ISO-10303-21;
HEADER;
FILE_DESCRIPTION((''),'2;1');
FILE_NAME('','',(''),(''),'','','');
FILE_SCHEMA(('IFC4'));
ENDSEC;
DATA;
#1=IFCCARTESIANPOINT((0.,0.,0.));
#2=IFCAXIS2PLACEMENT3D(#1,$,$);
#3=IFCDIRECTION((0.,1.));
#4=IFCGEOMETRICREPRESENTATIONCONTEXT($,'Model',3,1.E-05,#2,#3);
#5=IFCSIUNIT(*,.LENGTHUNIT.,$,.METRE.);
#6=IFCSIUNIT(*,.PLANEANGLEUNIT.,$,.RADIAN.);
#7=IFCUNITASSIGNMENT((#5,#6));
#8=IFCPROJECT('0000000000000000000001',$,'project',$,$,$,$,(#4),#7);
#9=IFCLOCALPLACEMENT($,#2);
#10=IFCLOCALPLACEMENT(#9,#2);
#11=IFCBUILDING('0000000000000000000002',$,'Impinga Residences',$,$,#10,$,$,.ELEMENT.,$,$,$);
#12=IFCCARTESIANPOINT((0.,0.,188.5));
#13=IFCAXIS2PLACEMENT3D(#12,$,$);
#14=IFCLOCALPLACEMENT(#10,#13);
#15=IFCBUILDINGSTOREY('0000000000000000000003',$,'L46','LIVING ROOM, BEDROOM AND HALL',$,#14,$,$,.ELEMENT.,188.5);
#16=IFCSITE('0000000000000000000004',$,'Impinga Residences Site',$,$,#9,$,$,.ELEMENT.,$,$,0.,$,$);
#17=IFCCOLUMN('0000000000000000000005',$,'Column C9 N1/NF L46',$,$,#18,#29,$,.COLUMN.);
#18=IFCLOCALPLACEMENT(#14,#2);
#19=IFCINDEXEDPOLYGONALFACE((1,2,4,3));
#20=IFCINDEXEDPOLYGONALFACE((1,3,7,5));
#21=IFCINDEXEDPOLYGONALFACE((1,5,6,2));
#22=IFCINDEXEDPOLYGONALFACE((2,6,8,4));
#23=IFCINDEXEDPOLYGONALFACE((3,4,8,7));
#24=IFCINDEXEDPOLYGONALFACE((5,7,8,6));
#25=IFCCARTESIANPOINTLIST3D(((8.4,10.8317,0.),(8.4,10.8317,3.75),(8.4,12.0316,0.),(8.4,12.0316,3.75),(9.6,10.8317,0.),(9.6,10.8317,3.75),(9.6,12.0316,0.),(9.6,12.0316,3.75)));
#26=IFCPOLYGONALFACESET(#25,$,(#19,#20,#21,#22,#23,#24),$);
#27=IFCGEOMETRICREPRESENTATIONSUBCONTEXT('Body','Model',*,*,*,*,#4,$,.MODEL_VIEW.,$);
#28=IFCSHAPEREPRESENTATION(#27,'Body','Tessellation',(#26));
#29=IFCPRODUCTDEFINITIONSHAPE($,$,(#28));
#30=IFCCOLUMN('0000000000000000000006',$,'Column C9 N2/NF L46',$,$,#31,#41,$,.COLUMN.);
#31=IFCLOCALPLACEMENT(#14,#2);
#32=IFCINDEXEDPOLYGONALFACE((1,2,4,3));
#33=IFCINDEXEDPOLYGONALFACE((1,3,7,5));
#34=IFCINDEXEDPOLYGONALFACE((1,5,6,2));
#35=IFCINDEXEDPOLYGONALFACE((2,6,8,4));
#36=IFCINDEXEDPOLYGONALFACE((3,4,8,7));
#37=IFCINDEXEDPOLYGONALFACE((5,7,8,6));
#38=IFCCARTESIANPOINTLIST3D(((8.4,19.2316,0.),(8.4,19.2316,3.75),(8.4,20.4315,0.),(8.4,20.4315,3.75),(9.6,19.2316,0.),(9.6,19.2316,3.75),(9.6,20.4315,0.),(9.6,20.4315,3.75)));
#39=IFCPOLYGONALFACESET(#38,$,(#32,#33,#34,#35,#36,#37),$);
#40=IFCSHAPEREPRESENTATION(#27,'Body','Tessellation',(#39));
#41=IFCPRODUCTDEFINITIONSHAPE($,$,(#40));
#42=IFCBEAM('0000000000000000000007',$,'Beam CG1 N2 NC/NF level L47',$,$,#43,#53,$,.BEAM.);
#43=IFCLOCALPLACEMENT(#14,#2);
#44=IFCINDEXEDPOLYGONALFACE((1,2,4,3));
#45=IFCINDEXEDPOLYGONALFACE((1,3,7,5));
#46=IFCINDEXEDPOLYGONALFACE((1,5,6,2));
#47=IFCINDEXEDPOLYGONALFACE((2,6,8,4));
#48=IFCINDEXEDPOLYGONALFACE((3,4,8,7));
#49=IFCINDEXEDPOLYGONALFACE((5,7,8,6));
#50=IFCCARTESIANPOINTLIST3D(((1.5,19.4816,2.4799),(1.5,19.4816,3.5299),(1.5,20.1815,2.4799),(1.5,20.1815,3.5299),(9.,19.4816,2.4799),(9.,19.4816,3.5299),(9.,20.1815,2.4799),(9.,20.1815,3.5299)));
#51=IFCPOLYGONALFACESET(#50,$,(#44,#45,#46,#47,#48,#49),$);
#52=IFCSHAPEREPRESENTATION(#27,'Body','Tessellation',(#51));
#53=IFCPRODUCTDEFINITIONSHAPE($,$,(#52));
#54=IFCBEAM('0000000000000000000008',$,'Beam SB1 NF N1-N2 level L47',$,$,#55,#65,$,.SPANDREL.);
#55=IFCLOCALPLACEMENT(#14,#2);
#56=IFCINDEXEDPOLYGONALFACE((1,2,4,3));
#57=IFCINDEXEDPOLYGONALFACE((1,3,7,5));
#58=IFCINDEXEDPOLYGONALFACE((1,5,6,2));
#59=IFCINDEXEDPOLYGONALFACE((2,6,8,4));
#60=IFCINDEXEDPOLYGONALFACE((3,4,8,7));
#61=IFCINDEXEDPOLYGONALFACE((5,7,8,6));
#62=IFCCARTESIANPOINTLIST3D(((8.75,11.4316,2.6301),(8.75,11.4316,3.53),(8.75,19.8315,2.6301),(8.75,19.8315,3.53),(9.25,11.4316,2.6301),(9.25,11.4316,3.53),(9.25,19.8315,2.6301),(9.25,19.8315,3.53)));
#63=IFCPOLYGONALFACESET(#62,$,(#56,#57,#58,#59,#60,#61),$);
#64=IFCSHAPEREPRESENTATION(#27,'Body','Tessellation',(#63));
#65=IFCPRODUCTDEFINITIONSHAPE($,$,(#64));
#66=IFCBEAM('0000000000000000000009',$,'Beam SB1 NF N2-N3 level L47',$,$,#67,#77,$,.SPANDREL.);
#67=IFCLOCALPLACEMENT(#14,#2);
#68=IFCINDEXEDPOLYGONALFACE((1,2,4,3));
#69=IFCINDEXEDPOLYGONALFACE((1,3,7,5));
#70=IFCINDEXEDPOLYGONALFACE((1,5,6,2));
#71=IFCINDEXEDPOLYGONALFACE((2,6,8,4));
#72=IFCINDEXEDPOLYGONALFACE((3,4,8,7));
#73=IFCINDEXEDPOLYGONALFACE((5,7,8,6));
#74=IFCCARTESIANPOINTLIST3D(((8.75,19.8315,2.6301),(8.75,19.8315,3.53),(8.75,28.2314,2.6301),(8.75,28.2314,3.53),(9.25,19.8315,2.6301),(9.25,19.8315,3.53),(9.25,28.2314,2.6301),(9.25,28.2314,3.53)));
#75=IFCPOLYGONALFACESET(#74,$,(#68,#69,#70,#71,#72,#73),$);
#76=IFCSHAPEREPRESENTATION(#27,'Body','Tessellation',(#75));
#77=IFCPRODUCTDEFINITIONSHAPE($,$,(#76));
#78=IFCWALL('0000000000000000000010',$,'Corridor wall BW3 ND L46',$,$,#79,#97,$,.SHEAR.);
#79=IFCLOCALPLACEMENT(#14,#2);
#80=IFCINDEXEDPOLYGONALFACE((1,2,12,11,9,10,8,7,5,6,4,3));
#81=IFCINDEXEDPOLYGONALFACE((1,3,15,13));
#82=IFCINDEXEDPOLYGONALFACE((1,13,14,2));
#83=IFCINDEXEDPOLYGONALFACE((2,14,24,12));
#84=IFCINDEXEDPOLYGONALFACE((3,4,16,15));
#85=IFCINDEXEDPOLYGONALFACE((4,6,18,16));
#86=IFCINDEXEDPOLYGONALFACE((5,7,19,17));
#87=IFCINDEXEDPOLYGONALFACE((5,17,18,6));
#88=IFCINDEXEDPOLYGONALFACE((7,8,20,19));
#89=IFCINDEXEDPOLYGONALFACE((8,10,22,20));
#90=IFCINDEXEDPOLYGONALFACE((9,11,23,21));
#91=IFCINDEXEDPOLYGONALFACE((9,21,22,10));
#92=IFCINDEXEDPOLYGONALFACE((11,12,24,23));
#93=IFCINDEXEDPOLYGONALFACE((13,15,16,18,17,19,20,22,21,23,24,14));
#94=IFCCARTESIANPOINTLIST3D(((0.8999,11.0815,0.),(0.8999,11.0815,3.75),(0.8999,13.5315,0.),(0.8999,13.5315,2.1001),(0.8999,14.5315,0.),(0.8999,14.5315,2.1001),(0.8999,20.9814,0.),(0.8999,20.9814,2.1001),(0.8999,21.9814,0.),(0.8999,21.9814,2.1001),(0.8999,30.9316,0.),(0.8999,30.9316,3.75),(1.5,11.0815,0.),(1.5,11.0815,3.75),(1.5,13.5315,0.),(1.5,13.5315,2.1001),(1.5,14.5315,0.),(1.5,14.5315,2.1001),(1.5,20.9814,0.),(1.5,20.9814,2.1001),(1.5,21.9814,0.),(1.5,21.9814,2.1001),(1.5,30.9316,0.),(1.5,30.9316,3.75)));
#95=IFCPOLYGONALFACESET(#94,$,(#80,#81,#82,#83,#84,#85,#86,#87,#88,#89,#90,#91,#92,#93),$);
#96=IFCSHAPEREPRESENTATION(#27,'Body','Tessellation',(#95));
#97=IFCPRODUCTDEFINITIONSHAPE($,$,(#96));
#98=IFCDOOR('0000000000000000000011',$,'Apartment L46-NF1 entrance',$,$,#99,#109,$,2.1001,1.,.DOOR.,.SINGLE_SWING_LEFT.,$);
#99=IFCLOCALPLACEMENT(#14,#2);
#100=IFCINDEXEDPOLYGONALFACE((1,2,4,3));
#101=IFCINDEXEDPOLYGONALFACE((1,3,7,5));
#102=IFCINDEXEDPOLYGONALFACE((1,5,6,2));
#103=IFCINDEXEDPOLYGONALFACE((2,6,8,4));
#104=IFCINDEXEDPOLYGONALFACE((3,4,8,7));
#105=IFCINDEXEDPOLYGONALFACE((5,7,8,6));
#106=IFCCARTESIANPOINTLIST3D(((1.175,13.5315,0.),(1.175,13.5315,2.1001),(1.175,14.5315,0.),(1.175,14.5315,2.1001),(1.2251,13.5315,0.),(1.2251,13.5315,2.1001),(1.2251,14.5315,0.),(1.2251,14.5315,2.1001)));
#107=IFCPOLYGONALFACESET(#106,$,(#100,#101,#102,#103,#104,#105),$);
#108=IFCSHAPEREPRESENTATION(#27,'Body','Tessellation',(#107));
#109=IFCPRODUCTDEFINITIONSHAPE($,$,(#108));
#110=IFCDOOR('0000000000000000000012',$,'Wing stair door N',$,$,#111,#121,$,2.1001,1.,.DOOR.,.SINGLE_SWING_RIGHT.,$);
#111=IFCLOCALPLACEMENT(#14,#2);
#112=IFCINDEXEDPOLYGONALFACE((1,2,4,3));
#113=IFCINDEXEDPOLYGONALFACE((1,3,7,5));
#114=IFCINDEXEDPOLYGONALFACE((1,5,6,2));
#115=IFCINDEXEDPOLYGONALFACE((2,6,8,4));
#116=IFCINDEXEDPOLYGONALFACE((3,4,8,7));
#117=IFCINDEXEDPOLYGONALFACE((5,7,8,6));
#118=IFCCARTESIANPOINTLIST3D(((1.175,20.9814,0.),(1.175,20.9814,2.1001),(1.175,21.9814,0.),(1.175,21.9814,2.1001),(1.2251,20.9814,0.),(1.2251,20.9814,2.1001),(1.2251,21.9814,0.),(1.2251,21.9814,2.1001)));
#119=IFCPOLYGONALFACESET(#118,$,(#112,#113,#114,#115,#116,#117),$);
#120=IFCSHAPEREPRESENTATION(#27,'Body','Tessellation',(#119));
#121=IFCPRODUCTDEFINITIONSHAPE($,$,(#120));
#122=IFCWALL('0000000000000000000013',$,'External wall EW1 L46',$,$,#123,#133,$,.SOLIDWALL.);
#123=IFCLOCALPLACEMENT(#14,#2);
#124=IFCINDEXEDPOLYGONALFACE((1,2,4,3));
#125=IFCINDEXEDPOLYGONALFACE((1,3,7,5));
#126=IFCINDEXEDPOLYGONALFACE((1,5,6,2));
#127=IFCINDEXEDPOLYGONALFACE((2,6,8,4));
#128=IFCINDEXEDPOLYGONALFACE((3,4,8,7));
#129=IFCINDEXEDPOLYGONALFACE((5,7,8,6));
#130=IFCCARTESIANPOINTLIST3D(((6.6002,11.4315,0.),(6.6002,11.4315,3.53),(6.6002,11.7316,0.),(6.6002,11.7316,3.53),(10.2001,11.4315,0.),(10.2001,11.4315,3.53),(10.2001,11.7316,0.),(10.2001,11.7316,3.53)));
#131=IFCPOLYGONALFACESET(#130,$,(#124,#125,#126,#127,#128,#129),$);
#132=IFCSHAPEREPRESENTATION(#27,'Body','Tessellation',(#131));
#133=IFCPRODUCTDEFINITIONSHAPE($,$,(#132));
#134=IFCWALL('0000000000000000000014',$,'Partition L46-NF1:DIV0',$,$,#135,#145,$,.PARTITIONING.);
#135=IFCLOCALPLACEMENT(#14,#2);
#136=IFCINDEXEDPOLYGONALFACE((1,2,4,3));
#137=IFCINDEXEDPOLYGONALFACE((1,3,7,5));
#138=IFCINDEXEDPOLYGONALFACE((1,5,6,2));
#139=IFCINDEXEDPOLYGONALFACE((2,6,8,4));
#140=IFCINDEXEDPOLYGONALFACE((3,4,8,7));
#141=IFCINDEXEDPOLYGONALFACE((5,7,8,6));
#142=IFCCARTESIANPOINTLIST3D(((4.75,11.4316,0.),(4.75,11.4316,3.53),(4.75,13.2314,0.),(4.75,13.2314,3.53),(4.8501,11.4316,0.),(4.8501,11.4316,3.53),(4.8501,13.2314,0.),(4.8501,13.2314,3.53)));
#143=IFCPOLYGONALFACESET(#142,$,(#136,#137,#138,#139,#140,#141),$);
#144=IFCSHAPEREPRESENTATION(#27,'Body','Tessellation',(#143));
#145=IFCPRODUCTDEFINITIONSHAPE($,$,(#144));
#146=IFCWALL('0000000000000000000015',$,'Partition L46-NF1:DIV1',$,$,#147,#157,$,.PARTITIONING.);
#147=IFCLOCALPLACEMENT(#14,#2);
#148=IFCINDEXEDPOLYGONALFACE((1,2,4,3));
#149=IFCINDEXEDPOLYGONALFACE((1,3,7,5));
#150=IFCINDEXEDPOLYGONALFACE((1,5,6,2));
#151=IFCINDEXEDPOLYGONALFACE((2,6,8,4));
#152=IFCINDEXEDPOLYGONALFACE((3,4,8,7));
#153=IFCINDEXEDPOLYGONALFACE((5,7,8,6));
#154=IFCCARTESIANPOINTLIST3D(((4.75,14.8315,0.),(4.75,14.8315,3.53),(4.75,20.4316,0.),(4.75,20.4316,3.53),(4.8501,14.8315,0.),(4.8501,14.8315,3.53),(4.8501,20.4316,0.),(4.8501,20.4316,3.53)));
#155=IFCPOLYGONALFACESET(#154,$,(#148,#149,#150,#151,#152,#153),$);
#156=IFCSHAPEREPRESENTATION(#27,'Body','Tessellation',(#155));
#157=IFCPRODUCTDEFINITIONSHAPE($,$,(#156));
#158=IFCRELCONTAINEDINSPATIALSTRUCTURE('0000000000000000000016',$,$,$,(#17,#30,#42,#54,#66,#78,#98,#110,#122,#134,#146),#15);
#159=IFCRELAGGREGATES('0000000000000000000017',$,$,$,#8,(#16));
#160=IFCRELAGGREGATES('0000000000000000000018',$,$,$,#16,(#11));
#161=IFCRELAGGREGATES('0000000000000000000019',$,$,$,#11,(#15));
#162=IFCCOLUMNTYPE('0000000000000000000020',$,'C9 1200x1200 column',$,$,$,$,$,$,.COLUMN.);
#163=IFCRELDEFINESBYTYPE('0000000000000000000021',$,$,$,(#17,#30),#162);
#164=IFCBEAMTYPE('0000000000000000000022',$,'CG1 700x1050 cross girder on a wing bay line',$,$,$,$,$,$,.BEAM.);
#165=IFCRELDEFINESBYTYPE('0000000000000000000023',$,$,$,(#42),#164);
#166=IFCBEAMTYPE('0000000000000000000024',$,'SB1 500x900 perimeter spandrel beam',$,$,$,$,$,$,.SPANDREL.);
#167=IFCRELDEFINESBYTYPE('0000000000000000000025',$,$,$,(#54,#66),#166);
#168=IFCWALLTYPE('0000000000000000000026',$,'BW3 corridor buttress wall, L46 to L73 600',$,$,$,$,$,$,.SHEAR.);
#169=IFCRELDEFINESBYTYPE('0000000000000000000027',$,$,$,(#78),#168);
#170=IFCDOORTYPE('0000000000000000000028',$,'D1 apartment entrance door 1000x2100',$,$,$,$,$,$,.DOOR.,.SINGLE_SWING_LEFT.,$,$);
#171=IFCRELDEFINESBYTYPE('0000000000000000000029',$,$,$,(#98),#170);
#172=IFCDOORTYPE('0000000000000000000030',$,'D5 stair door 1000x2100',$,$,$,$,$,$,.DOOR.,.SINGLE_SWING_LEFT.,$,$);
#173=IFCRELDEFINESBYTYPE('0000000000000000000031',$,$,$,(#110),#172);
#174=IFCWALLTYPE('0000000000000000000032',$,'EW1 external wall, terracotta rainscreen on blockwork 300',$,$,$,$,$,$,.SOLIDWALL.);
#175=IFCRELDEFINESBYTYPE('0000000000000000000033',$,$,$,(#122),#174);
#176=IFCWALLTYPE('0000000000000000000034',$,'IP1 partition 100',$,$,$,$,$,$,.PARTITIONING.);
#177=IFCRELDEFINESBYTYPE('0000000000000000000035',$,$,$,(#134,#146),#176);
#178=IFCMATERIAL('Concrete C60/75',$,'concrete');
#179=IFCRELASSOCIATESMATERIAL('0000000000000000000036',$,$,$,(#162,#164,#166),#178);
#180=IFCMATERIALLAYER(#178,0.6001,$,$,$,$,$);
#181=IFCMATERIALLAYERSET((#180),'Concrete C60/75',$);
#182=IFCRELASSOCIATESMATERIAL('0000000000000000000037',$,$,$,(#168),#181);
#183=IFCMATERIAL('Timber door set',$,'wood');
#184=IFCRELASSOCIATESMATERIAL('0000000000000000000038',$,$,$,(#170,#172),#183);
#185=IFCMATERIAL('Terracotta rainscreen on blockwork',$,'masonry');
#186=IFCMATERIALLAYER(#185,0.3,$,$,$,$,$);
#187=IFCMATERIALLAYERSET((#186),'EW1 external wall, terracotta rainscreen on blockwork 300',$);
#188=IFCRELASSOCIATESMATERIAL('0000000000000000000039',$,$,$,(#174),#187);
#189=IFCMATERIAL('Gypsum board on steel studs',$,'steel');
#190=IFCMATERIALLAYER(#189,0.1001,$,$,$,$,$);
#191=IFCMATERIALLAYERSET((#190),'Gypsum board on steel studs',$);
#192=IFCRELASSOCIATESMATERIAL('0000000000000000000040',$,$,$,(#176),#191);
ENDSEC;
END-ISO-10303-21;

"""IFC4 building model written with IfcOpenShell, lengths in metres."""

from ifc_helpers import new_model, si_unit, direction, frame, frame_2d, origin, origin_2d, place, context, subcontext, project, spatial, rectangle, extrude, material, layer, layer_set, material_profile, profile_set, type_object, element, fill, save


model = new_model("IFC4")

# Units and contexts
model_context = context("Model", 3, precision=1e-05, world=origin(), true_north=direction((0.0, 1.0)))
body_context = subcontext(model_context, "Body", "Model", "MODEL_VIEW")
ifc_project = project(units=[si_unit("LENGTHUNIT", "METRE"), si_unit("PLANEANGLEUNIT", "RADIAN")], contexts=[model_context])

# Site, building, storey
site_placement = place(None, origin())
site = spatial("IfcSite", under=ifc_project, at=site_placement, Name="Impinga Residences Site", CompositionType="ELEMENT", RefElevation=0.0)
building_placement = place(site_placement, origin())
building = spatial("IfcBuilding", under=site, at=building_placement, Name="Impinga Residences", CompositionType="ELEMENT")
storey_placement = place(building_placement, frame((0.0, 0.0, 188.5)))
storey = spatial("IfcBuildingStorey", under=building, at=storey_placement, Name="L46", Description="LIVING ROOM, BEDROOM AND HALL", CompositionType="ELEMENT", Elevation=188.5)

# Columns
ifc_material_1 = material(Name="Concrete C60/75", Category="concrete")
ifc_material_profile_1 = material_profile(ifc_material_1, rectangle(XDim=1.2, YDim=1.2, at=origin_2d()), Name="RC 1200x1200")
ifc_profile_set_1 = profile_set([ifc_material_profile_1], Name="Concrete C60/75")
column_type = type_object("IfcColumnType", Name="C9 1200x1200 column", PredefinedType="COLUMN", material=ifc_profile_set_1)
for number, where, z_axis, x_axis, name in (
    (1, (9.0, 11.4316, 0.0), (0.0, 0.0, 1.0), (1.0, 0.0, 0.0), "Column C9 N1/NF L46"),
    (2, (9.0, 19.8315, 0.0), (0.0, 0.0, 1.0), (1.0, 0.0, 0.0), "Column C9 N2/NF L46"),
):
    element("IfcColumn", number, at=place(storey_placement, frame(where, z_axis=z_axis, x_axis=x_axis)), inside=storey, type_object=column_type, Name=name, PredefinedType="COLUMN", context=body_context, shape_type="SweptSolid", body=[
        extrude(rectangle(XDim=1.2, YDim=1.2, at=origin_2d()), origin(), (0.0, 0.0, 1.0), 3.75),
    ])

# Beams
ifc_material_profile_2 = material_profile(ifc_material_1, rectangle(XDim=0.7, YDim=1.05, at=origin_2d()), Name="RC 700x1050")
ifc_profile_set_2 = profile_set([ifc_material_profile_2], Name="Concrete C60/75")
beam_type_1 = type_object("IfcBeamType", Name="CG1 700x1050 cross girder on a wing bay line", PredefinedType="BEAM", material=ifc_profile_set_2)
beam_placement = place(storey_placement, frame((1.5, 19.8315, 3.0049), z_axis=(1.0, 0.0, 0.0), x_axis=(0.0, 1.0, 0.0)))
element("IfcBeam", 3, at=beam_placement, inside=storey, type_object=beam_type_1, Name="Beam CG1 N2 NC/NF level L47", PredefinedType="BEAM", context=body_context, shape_type="SweptSolid", body=[
    extrude(rectangle(XDim=0.7, YDim=1.05, at=origin_2d()), origin(), (0.0, 0.0, 1.0), 7.5),
])
ifc_material_profile_3 = material_profile(ifc_material_1, rectangle(XDim=0.5, YDim=0.8999, at=origin_2d()), Name="RC 500x900")
ifc_profile_set_3 = profile_set([ifc_material_profile_3], Name="Concrete C60/75")
beam_type_2 = type_object("IfcBeamType", Name="SB1 500x900 perimeter spandrel beam", PredefinedType="SPANDREL", material=ifc_profile_set_3)
for number, where, z_axis, x_axis, name in (
    (4, (9.0, 11.4316, 3.0801), (0.0, 1.0, 0.0), (-1.0, 0.0, 0.0), "Beam SB1 NF N1-N2 level L47"),
    (5, (9.0, 19.8315, 3.0801), (0.0, 1.0, 0.0), (-1.0, 0.0, 0.0), "Beam SB1 NF N2-N3 level L47"),
):
    element("IfcBeam", number, at=place(storey_placement, frame(where, z_axis=z_axis, x_axis=x_axis)), inside=storey, type_object=beam_type_2, Name=name, PredefinedType="SPANDREL", context=body_context, shape_type="SweptSolid", body=[
        extrude(rectangle(XDim=0.5, YDim=0.8999, at=origin_2d()), origin(), (0.0, 0.0, 1.0), 8.3999),
    ])

# Wall, openings, doors
ifc_layer_1 = layer(ifc_material_1, 0.6001)
ifc_layer_set_1 = layer_set([ifc_layer_1], Name="Concrete C60/75")
wall_type_1 = type_object("IfcWallType", Name="BW3 corridor buttress wall, L46 to L73 600", PredefinedType="SHEAR", material=ifc_layer_set_1)
wall_1_placement = place(storey_placement, frame((1.2, 11.0815, 0.0), z_axis=(0.0, 0.0, 1.0), x_axis=(0.0, 1.0, 0.0)))
wall_1 = element("IfcWall", 6, at=wall_1_placement, inside=storey, type_object=wall_type_1, Name="Corridor wall BW3 ND L46", PredefinedType="SHEAR", context=body_context, shape_type="SweptSolid", body=[
    extrude(rectangle(XDim=19.8501, YDim=0.6001, at=frame_2d((9.925, 0.0))), origin(), (0.0, 0.0, 1.0), 3.75),
])
opening_1_placement = place(wall_1_placement, frame((9.8999, 0.0, 0.0)))
opening_1 = element("IfcOpeningElement", 7, at=opening_1_placement, cuts=wall_1, PredefinedType="OPENING", context=body_context, shape_type="SweptSolid", body=[
    extrude(rectangle(XDim=1.0, YDim=2.1001, at=frame_2d((0.5, 1.05))), frame((0.0, 0.3101, 0.0), z_axis=(0.0, -1.0, 0.0), x_axis=(1.0, 0.0, 0.0)), (0.0, 0.0, 1.0), 0.6201),
])
opening_2_placement = place(wall_1_placement, frame((2.45, 0.0, 0.0)))
opening_2 = element("IfcOpeningElement", 8, at=opening_2_placement, cuts=wall_1, PredefinedType="OPENING", context=body_context, shape_type="SweptSolid", body=[
    extrude(rectangle(XDim=1.0, YDim=2.1001, at=frame_2d((0.5, 1.05))), frame((0.0, 0.3101, 0.0), z_axis=(0.0, -1.0, 0.0), x_axis=(1.0, 0.0, 0.0)), (0.0, 0.0, 1.0), 0.6201),
])
ifc_material_2 = material(Name="Timber door set", Category="wood")
door_type_1 = type_object("IfcDoorType", Name="D1 apartment entrance door 1000x2100", OperationType="SINGLE_SWING_LEFT", PredefinedType="DOOR", material=ifc_material_2)
door_1_placement = place(opening_2_placement, origin())
door_1 = element("IfcDoor", 9, at=door_1_placement, inside=storey, type_object=door_type_1, Name="Apartment L46-NF1 entrance", OperationType="SINGLE_SWING_LEFT", OverallHeight=2.1001, OverallWidth=1.0, PredefinedType="DOOR", context=body_context, shape_type="SweptSolid", body=[
    extrude(rectangle(XDim=1.0, YDim=2.1001, at=frame_2d((0.5, 1.05))), frame((0.0, 0.0249, 0.0), z_axis=(0.0, -1.0, 0.0), x_axis=(1.0, 0.0, 0.0)), (0.0, 0.0, 1.0), 0.05),
])
fill(opening_2, door_1)
door_type_2 = type_object("IfcDoorType", Name="D5 stair door 1000x2100", OperationType="SINGLE_SWING_LEFT", PredefinedType="DOOR", material=ifc_material_2)
door_2_placement = place(opening_1_placement, origin())
door_2 = element("IfcDoor", 10, at=door_2_placement, inside=storey, type_object=door_type_2, Name="Wing stair door N", OperationType="SINGLE_SWING_RIGHT", OverallHeight=2.1001, OverallWidth=1.0, PredefinedType="DOOR", context=body_context, shape_type="SweptSolid", body=[
    extrude(rectangle(XDim=1.0, YDim=2.1001, at=frame_2d((0.5, 1.05))), frame((0.0, 0.0249, 0.0), z_axis=(0.0, -1.0, 0.0), x_axis=(1.0, 0.0, 0.0)), (0.0, 0.0, 1.0), 0.05),
])
fill(opening_1, door_2)

# Walls
ifc_material_3 = material(Name="Terracotta rainscreen on blockwork", Category="masonry")
ifc_layer_2 = layer(ifc_material_3, 0.3)
ifc_layer_set_2 = layer_set([ifc_layer_2], Name="EW1 external wall, terracotta rainscreen on blockwork 300")
wall_type_2 = type_object("IfcWallType", Name="EW1 external wall, terracotta rainscreen on blockwork 300", PredefinedType="SOLIDWALL", material=ifc_layer_set_2)
wall_2_placement = place(storey_placement, frame((10.2, 11.5815, 0.0), z_axis=(0.0, 0.0, 1.0), x_axis=(-1.0, 0.0, 0.0)))
element("IfcWall", 11, at=wall_2_placement, inside=storey, type_object=wall_type_2, Name="External wall EW1 L46", PredefinedType="SOLIDWALL", context=body_context, shape_type="SweptSolid", body=[
    extrude(rectangle(XDim=3.5999, YDim=0.3, at=frame_2d((1.7998, 0.0))), origin(), (0.0, 0.0, 1.0), 3.53),
])
ifc_material_4 = material(Name="Gypsum board on steel studs", Category="steel")
ifc_layer_3 = layer(ifc_material_4, 0.1001)
ifc_layer_set_3 = layer_set([ifc_layer_3], Name="Gypsum board on steel studs")
wall_type_3 = type_object("IfcWallType", Name="IP1 partition 100", PredefinedType="PARTITIONING", material=ifc_layer_set_3)
wall_3_placement = place(storey_placement, frame((4.8, 11.4316, 0.0), z_axis=(0.0, 0.0, 1.0), x_axis=(0.0, 1.0, 0.0)))
element("IfcWall", 12, at=wall_3_placement, inside=storey, type_object=wall_type_3, Name="Partition L46-NF1:DIV0", PredefinedType="PARTITIONING", context=body_context, shape_type="SweptSolid", body=[
    extrude(rectangle(XDim=1.7998, YDim=0.1001, at=frame_2d((0.8999, 0.0))), origin(), (0.0, 0.0, 1.0), 3.53),
])
wall_4_placement = place(storey_placement, frame((4.8, 14.8315, 0.0), z_axis=(0.0, 0.0, 1.0), x_axis=(0.0, 1.0, 0.0)))
element("IfcWall", 13, at=wall_4_placement, inside=storey, type_object=wall_type_3, Name="Partition L46-NF1:DIV1", PredefinedType="PARTITIONING", context=body_context, shape_type="SweptSolid", body=[
    extrude(rectangle(XDim=5.6001, YDim=0.1001, at=frame_2d((2.8, 0.0))), origin(), (0.0, 0.0, 1.0), 3.53),
])

save(model, "model.ifc")
